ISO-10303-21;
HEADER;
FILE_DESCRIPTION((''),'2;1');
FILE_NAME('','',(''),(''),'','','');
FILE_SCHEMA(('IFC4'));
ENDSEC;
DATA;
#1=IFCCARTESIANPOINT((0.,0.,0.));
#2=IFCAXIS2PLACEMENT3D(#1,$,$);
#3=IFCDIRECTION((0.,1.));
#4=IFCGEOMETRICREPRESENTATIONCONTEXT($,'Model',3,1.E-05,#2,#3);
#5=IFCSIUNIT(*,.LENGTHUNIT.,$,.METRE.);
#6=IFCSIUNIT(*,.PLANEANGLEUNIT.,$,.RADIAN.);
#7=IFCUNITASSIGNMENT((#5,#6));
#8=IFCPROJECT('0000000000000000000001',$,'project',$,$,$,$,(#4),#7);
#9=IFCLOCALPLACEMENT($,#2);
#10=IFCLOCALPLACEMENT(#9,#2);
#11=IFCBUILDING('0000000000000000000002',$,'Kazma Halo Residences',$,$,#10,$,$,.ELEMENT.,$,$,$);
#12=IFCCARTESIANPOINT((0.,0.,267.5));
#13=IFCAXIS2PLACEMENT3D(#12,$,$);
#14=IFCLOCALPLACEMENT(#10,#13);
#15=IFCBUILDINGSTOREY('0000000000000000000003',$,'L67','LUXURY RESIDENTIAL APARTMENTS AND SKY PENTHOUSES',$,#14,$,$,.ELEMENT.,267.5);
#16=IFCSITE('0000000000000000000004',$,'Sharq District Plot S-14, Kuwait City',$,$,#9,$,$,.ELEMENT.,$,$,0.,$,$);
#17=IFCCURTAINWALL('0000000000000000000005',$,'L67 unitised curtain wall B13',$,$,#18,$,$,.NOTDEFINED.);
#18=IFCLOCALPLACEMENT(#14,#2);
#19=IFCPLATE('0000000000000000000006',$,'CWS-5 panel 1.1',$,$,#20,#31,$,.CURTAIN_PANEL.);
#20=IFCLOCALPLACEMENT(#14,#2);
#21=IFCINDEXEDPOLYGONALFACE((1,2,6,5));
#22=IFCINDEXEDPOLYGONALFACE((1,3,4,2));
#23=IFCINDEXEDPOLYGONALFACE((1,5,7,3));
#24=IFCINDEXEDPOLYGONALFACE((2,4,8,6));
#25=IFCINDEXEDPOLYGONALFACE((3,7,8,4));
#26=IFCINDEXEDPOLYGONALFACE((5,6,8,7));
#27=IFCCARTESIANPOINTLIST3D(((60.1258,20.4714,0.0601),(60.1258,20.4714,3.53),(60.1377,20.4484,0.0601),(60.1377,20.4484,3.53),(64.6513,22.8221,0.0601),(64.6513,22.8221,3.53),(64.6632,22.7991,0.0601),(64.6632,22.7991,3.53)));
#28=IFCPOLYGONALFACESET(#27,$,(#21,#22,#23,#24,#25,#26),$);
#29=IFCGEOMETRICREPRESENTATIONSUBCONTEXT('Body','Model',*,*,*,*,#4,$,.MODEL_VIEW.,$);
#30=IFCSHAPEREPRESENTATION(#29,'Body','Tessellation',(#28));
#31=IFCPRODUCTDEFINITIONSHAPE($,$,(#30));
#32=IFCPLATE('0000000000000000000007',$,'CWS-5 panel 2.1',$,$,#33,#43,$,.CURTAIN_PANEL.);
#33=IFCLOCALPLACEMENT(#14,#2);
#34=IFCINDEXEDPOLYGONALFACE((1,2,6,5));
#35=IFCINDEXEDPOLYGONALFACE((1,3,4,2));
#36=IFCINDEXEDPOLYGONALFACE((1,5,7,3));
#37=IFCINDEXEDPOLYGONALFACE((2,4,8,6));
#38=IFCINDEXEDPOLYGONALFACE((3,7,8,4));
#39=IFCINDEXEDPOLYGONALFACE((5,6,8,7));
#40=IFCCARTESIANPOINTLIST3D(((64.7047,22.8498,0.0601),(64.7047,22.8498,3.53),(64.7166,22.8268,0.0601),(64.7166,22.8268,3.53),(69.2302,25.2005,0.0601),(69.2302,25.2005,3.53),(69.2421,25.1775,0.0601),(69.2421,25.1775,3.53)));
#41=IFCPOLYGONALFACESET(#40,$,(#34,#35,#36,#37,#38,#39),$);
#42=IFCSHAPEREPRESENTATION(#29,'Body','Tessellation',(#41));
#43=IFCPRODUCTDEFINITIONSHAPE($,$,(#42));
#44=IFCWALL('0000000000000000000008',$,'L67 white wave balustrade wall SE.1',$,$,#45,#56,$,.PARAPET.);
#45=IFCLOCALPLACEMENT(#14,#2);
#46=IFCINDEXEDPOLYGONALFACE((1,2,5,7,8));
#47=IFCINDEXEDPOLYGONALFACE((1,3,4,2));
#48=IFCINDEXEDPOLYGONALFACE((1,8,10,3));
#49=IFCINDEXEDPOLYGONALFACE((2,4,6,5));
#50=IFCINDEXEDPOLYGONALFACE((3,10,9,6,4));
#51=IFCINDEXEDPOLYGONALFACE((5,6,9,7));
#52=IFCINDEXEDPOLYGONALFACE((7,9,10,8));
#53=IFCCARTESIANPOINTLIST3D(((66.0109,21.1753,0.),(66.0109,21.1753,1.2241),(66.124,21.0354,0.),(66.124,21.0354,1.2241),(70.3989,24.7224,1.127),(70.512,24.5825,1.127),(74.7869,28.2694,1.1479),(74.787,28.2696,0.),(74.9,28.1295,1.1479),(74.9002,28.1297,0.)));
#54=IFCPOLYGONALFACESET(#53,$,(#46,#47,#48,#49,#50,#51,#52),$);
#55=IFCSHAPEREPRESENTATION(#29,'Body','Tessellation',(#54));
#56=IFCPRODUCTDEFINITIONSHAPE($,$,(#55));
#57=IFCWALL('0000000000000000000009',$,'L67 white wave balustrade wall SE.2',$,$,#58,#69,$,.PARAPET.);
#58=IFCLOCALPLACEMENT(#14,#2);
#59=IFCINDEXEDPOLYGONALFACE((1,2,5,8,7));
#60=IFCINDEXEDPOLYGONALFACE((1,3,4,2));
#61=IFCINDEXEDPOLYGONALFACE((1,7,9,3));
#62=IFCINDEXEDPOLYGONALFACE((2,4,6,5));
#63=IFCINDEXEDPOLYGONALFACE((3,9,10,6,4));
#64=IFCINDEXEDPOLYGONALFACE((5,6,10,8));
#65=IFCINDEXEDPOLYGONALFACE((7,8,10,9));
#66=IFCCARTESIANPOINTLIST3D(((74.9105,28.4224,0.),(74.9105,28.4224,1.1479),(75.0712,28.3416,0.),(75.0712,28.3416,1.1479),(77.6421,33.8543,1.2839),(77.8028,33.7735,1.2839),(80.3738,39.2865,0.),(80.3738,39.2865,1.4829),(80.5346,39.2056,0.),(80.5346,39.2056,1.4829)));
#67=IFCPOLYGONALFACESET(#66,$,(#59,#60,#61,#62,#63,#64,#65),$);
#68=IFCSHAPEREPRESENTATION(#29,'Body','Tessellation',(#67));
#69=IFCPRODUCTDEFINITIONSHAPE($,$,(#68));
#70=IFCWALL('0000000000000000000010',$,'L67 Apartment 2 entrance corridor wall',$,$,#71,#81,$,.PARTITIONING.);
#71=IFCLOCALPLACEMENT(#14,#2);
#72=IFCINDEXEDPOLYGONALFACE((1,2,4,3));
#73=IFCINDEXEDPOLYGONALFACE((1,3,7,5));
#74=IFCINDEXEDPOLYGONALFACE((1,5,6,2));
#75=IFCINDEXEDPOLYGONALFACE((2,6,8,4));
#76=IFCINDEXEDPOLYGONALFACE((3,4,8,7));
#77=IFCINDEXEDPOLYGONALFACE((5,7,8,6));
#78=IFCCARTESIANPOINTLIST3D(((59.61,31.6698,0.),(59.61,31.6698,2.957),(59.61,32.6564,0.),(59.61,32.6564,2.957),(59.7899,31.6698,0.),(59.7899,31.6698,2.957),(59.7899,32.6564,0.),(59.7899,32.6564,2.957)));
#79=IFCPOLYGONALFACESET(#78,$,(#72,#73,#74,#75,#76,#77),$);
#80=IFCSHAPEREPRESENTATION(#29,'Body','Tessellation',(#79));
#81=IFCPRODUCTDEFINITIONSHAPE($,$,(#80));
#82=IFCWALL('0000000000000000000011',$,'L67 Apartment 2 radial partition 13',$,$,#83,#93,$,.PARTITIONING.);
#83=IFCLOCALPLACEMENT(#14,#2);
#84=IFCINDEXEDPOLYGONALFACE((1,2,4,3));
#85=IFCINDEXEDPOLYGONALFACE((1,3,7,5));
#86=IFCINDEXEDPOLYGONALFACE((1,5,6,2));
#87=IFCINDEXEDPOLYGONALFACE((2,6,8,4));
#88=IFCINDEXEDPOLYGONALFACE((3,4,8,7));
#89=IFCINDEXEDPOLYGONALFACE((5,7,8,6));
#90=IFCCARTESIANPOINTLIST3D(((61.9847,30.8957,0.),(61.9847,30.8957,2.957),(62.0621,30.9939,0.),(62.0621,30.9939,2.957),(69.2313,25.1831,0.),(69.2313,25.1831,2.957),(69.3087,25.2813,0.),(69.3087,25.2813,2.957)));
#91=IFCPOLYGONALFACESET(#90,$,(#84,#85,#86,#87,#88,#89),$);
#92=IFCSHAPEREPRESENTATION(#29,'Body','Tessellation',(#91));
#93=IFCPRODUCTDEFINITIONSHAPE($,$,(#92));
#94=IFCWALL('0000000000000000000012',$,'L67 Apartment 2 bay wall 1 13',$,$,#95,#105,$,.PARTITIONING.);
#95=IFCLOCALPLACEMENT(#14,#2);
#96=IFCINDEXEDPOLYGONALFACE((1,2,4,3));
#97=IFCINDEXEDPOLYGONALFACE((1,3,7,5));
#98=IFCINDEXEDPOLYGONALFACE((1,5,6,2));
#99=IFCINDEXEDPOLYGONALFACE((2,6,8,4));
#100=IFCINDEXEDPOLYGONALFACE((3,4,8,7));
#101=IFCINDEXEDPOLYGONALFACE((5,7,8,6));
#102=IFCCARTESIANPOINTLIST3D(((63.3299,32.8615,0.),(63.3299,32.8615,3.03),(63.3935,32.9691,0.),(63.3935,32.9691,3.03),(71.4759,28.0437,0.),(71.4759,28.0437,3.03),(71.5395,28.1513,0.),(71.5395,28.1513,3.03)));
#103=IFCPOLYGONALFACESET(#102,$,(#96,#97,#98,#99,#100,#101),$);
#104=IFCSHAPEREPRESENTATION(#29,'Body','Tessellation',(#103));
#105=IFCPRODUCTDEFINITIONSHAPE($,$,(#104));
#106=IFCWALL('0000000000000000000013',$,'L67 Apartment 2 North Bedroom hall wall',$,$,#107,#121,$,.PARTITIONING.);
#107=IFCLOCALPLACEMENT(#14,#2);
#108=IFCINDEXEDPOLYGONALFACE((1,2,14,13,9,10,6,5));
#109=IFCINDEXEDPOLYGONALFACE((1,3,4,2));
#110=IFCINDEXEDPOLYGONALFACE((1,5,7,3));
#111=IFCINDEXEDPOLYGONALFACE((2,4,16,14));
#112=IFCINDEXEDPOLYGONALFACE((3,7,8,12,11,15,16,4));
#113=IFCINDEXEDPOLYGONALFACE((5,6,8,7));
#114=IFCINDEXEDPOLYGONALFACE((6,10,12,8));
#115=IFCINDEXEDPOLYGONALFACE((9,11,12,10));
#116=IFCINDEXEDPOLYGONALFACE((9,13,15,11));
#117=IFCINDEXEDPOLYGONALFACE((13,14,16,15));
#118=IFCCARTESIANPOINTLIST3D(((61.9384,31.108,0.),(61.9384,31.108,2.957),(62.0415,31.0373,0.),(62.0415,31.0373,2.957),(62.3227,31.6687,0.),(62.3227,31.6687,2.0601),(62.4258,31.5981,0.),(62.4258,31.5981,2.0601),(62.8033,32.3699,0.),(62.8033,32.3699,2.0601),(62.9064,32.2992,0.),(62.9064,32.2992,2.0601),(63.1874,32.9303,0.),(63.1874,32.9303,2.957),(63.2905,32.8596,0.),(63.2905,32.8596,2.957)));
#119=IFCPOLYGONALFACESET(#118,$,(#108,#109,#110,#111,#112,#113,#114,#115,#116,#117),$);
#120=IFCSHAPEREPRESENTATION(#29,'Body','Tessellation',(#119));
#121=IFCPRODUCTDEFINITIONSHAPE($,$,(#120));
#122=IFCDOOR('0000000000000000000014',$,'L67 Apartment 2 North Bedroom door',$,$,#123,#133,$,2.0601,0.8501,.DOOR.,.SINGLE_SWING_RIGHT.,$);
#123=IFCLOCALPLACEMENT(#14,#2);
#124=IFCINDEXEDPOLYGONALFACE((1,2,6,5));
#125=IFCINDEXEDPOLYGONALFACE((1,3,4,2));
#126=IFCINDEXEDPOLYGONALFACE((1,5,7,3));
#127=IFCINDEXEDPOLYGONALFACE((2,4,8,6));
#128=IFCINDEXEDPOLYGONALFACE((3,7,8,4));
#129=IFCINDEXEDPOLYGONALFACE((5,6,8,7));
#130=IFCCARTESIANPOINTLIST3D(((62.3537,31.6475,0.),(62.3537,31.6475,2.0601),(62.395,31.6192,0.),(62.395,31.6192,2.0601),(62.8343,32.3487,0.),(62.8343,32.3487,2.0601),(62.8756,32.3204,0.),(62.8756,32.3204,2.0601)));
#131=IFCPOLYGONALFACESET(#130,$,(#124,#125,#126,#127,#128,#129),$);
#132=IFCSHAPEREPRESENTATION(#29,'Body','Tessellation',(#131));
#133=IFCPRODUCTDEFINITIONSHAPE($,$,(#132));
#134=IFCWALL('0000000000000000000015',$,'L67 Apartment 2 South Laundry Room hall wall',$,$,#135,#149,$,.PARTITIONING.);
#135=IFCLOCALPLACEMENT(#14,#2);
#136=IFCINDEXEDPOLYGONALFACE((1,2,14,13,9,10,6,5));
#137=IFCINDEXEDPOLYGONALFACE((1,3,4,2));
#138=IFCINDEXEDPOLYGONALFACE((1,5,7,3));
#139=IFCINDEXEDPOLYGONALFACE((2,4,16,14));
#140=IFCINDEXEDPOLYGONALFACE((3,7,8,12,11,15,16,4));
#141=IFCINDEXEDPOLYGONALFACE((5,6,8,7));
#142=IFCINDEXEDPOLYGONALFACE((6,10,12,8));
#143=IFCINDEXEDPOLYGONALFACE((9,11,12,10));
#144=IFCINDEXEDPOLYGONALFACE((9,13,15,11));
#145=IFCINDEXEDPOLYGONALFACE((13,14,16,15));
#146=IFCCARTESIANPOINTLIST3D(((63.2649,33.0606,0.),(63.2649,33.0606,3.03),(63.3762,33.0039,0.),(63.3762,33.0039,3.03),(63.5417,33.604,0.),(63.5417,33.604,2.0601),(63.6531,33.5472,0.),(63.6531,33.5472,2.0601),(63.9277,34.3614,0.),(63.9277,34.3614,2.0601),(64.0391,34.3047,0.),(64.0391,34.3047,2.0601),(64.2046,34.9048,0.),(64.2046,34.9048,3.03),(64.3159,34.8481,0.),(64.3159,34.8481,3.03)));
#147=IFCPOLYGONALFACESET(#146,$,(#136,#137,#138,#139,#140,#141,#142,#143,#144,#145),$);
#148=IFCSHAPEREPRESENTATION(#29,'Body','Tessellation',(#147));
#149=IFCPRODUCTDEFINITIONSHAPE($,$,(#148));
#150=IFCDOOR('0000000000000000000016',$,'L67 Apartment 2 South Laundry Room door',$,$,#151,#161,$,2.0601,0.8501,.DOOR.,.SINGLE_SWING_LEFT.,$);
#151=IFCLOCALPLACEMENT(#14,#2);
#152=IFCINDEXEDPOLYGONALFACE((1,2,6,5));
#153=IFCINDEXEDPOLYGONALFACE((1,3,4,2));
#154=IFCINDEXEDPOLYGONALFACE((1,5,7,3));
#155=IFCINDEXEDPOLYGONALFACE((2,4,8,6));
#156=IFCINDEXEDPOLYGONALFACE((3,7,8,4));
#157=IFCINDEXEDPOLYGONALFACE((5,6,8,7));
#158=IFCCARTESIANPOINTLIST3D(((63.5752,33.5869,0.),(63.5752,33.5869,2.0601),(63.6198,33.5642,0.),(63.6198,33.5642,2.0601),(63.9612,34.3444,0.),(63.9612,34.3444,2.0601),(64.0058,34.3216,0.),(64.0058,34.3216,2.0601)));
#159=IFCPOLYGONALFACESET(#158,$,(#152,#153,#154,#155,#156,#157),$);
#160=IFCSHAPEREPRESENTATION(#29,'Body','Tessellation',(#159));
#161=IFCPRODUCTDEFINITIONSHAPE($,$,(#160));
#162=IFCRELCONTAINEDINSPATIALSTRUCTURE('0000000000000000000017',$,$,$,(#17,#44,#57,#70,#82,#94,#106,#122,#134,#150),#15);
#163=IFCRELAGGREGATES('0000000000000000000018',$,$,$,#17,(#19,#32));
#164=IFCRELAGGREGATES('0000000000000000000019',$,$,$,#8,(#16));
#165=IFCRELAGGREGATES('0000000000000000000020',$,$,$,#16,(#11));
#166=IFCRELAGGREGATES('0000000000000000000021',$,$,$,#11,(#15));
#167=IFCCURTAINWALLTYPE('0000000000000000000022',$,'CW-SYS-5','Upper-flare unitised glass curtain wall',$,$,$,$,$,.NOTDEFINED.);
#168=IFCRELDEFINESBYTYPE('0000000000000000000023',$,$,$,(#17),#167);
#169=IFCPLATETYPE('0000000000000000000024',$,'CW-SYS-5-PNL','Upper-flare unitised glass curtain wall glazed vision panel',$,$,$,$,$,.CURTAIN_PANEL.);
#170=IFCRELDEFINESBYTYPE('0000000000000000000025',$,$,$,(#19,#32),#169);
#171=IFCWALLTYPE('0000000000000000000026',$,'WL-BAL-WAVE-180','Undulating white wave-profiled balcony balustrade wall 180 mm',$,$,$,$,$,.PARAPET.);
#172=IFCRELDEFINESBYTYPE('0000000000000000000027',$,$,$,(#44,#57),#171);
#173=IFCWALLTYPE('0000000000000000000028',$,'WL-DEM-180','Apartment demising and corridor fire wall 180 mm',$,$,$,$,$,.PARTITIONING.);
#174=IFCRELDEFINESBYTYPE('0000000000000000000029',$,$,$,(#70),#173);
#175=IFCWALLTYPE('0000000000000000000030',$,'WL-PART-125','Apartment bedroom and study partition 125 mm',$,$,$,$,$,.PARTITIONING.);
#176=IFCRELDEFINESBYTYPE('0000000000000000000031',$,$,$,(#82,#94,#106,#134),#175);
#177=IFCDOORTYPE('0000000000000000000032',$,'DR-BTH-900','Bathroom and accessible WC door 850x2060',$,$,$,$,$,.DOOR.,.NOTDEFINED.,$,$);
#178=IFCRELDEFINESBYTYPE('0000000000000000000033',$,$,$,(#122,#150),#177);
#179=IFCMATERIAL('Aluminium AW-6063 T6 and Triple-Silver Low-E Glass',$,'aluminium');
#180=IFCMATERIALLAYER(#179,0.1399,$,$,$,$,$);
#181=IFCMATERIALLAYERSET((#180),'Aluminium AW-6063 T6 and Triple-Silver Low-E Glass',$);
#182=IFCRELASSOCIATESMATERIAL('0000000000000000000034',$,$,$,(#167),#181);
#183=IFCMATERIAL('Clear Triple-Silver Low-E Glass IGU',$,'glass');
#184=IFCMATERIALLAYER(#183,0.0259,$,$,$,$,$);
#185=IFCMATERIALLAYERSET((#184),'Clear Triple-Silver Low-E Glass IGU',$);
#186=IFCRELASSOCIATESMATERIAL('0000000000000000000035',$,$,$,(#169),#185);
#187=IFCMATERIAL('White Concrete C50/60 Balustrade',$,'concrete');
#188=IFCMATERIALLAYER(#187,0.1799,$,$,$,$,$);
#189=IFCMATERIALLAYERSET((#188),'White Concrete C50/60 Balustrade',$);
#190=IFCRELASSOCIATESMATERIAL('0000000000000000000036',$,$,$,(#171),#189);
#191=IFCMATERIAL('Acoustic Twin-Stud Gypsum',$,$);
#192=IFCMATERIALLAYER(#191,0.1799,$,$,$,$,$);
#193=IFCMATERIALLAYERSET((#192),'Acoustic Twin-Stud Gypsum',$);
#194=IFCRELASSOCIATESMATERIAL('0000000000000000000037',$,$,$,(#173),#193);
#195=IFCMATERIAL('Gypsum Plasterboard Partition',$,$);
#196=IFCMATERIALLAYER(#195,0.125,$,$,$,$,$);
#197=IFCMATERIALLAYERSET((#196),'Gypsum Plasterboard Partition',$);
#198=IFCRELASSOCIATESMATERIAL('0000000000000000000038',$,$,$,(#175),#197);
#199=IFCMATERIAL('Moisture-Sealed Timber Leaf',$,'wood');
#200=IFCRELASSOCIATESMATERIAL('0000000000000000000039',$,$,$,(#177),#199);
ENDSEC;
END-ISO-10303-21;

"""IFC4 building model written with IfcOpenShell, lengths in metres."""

from ifc_helpers import new_model, si_unit, direction, frame, frame_2d, origin, origin_2d, place, context, subcontext, project, spatial, polyline, rectangle, outline, extrude, material, layer, layer_set, type_object, element, fill, aggregate, save


model = new_model("IFC4")

# Units and contexts
model_context = context("Model", 3, precision=1e-05, world=origin(), true_north=direction((0.0, 1.0)))
body_context = subcontext(model_context, "Body", "Model", "MODEL_VIEW")
ifc_project = project(units=[si_unit("LENGTHUNIT", "METRE"), si_unit("PLANEANGLEUNIT", "RADIAN")], contexts=[model_context])

# Site, building, storey
site_placement = place(None, origin())
site = spatial("IfcSite", under=ifc_project, at=site_placement, Name="Sharq District Plot S-14, Kuwait City", CompositionType="ELEMENT", RefElevation=0.0)
building_placement = place(site_placement, origin())
building = spatial("IfcBuilding", under=site, at=building_placement, Name="Kazma Halo Residences", CompositionType="ELEMENT")
storey_placement = place(building_placement, frame((0.0, 0.0, 267.5)))
storey = spatial("IfcBuildingStorey", under=building, at=storey_placement, Name="L67", Description="LUXURY RESIDENTIAL APARTMENTS AND SKY PENTHOUSES", CompositionType="ELEMENT", Elevation=267.5)

# Curtain wall, plates
ifc_material_1 = material(Name="Aluminium AW-6063 T6 and Triple-Silver Low-E Glass", Category="aluminium")
ifc_layer_1 = layer(ifc_material_1, 0.1399)
ifc_layer_set_1 = layer_set([ifc_layer_1], Name="Aluminium AW-6063 T6 and Triple-Silver Low-E Glass")
curtain_wall_type = type_object("IfcCurtainWallType", Name="CW-SYS-5", Description="Upper-flare unitised glass curtain wall", PredefinedType="NOTDEFINED", material=ifc_layer_set_1)
curtain_wall_placement = place(storey_placement, origin())
curtain_wall = element("IfcCurtainWall", 1, at=curtain_wall_placement, inside=storey, type_object=curtain_wall_type, Name="L67 unitised curtain wall B13", PredefinedType="NOTDEFINED")
ifc_material_2 = material(Name="Clear Triple-Silver Low-E Glass IGU", Category="glass")
ifc_layer_2 = layer(ifc_material_2, 0.0259)
ifc_layer_set_2 = layer_set([ifc_layer_2], Name="Clear Triple-Silver Low-E Glass IGU")
plate_type = type_object("IfcPlateType", Name="CW-SYS-5-PNL", Description="Upper-flare unitised glass curtain wall glazed vision panel", PredefinedType="CURTAIN_PANEL", material=ifc_layer_set_2)
plate_1_placement = place(storey_placement, frame((62.3945, 21.6353, 0.0601), z_axis=(0.0, 0.0, 1.0), x_axis=(0.887421, 0.460961, 0.0)))
plate_1 = element("IfcPlate", 2, at=plate_1_placement, type_object=plate_type, Name="CWS-5 panel 1.1", PredefinedType="CURTAIN_PANEL", context=body_context, shape_type="SweptSolid", body=[
    extrude(rectangle(XDim=5.0996, YDim=0.0259, at=origin_2d()), origin(), (0.0, 0.0, 1.0), 3.47),
])
plate_2_placement = place(storey_placement, frame((66.9734, 24.0137, 0.0601), z_axis=(0.0, 0.0, 1.0), x_axis=(0.887421, 0.460961, 0.0)))
plate_2 = element("IfcPlate", 3, at=plate_2_placement, type_object=plate_type, Name="CWS-5 panel 2.1", PredefinedType="CURTAIN_PANEL", context=body_context, shape_type="SweptSolid", body=[
    extrude(rectangle(XDim=5.0996, YDim=0.0259, at=origin_2d()), origin(), (0.0, 0.0, 1.0), 3.47),
])
aggregate(curtain_wall, [plate_1, plate_2])

# Walls
ifc_material_3 = material(Name="White Concrete C50/60 Balustrade", Category="concrete")
ifc_layer_3 = layer(ifc_material_3, 0.1799)
ifc_layer_set_3 = layer_set([ifc_layer_3], Name="White Concrete C50/60 Balustrade")
wall_type_1 = type_object("IfcWallType", Name="WL-BAL-WAVE-180", Description="Undulating white wave-profiled balcony balustrade wall 180 mm", PredefinedType="PARAPET", material=ifc_layer_set_3)
wall_1_placement = place(storey_placement, frame((66.0674, 21.1055, 0.0), z_axis=(0.0, 0.0, 1.0), x_axis=(0.777689, 0.62865, 0.0)))
element("IfcWall", 4, at=wall_1_placement, inside=storey, type_object=wall_type_1, Name="L67 white wave balustrade wall SE.1", PredefinedType="PARAPET", context=body_context, shape_type="SweptSolid", body=[
    extrude(outline(polyline([(0.0, 0.0), (11.2849, 0.0), (11.2847, 1.1479), (5.6423, 1.127), (0.0, 1.2241), (0.0, 0.0)])), frame((0.0, 0.0898, 0.0), z_axis=(0.0, -1.0, 0.0), x_axis=(1.0, 0.0, 0.0)), (0.0, 0.0, 1.0), 0.1799),
])
wall_2_placement = place(storey_placement, frame((74.9907, 28.3821, 0.0), z_axis=(0.0, 0.0, 1.0), x_axis=(0.449276, 0.893393, 0.0)))
element("IfcWall", 5, at=wall_2_placement, inside=storey, type_object=wall_type_1, Name="L67 white wave balustrade wall SE.2", PredefinedType="PARAPET", context=body_context, shape_type="SweptSolid", body=[
    extrude(outline(polyline([(0.0, 0.0), (12.1604, 0.0), (12.1604, 1.4829), (6.0801, 1.2839), (0.0, 1.1479), (0.0, 0.0)])), frame((0.0, 0.0898, 0.0), z_axis=(0.0, -1.0, 0.0), x_axis=(1.0, 0.0, 0.0)), (0.0, 0.0, 1.0), 0.1799),
])
ifc_material_4 = material(Name="Acoustic Twin-Stud Gypsum")
ifc_layer_4 = layer(ifc_material_4, 0.1799)
ifc_layer_set_4 = layer_set([ifc_layer_4], Name="Acoustic Twin-Stud Gypsum")
wall_type_2 = type_object("IfcWallType", Name="WL-DEM-180", Description="Apartment demising and corridor fire wall 180 mm", PredefinedType="PARTITIONING", material=ifc_layer_set_4)
wall_3_placement = place(storey_placement, frame((59.7, 31.6699, 0.0), z_axis=(0.0, 0.0, 1.0), x_axis=(0.0, 1.0, 0.0)))
element("IfcWall", 6, at=wall_3_placement, inside=storey, type_object=wall_type_2, Name="L67 Apartment 2 entrance corridor wall", PredefinedType="PARTITIONING", context=body_context, shape_type="SweptSolid", body=[
    extrude(rectangle(XDim=0.9866, YDim=0.1799, at=frame_2d((0.4932, 0.0))), origin(), (0.0, 0.0, 1.0), 2.957),
])

# Walls
ifc_material_5 = material(Name="Gypsum Plasterboard Partition")
ifc_layer_5 = layer(ifc_material_5, 0.125)
ifc_layer_set_5 = layer_set([ifc_layer_5], Name="Gypsum Plasterboard Partition")
wall_type_3 = type_object("IfcWallType", Name="WL-PART-125", Description="Apartment bedroom and study partition 125 mm", PredefinedType="PARTITIONING", material=ifc_layer_set_5)
wall_4_placement = place(storey_placement, frame((62.0234, 30.9448, 0.0), z_axis=(0.0, 0.0, 1.0), x_axis=(0.785322, -0.619087, 0.0)))
element("IfcWall", 7, at=wall_4_placement, inside=storey, type_object=wall_type_3, Name="L67 Apartment 2 radial partition 13", PredefinedType="PARTITIONING", context=body_context, shape_type="SweptSolid", body=[
    extrude(rectangle(XDim=9.2275, YDim=0.125, at=frame_2d((4.6138, 0.0))), origin(), (0.0, 0.0, 1.0), 2.957),
])
wall_5_placement = place(storey_placement, frame((63.3618, 32.9153, 0.0), z_axis=(0.0, 0.0, 1.0), x_axis=(0.860726, -0.509068, 0.0)))
element("IfcWall", 8, at=wall_5_placement, inside=storey, type_object=wall_type_3, Name="L67 Apartment 2 bay wall 1 13", PredefinedType="PARTITIONING", context=body_context, shape_type="SweptSolid", body=[
    extrude(rectangle(XDim=9.4641, YDim=0.125, at=frame_2d((4.7319, 0.0))), origin(), (0.0, 0.0, 1.0), 3.03),
])

# Walls, openings, doors
wall_6_placement = place(storey_placement, frame((61.99, 31.0728, 0.0), z_axis=(0.0, 0.0, 1.0), x_axis=(0.565365, 0.824841, 0.0)))
wall_6 = element("IfcWall", 9, at=wall_6_placement, inside=storey, type_object=wall_type_3, Name="L67 Apartment 2 North Bedroom hall wall", PredefinedType="PARTITIONING", context=body_context, shape_type="SweptSolid", body=[
    extrude(rectangle(XDim=2.2092, YDim=0.125, at=frame_2d((1.1045, 0.0))), origin(), (0.0, 0.0, 1.0), 2.957),
])
opening_1_placement = place(wall_6_placement, frame((0.6797, 0.0, 0.0)))
opening_1 = element("IfcOpeningElement", 10, at=opening_1_placement, cuts=wall_6, PredefinedType="OPENING", context=body_context, shape_type="SweptSolid", body=[
    extrude(rectangle(XDim=0.8501, YDim=2.0601, at=frame_2d((0.425, 1.03))), frame((0.0, 0.0725, 0.0), z_axis=(0.0, -1.0, 0.0), x_axis=(1.0, 0.0, 0.0)), (0.0, 0.0, 1.0), 0.145),
])
ifc_material_6 = material(Name="Moisture-Sealed Timber Leaf", Category="wood")
door_type_1 = type_object("IfcDoorType", Name="DR-BTH-900", Description="Bathroom and accessible WC door 850x2060", OperationType="NOTDEFINED", PredefinedType="DOOR", material=ifc_material_6)
door_1_placement = place(opening_1_placement, origin())
door_1 = element("IfcDoor", 11, at=door_1_placement, inside=storey, type_object=door_type_1, Name="L67 Apartment 2 North Bedroom door", OperationType="SINGLE_SWING_RIGHT", OverallHeight=2.0601, OverallWidth=0.8501, PredefinedType="DOOR", context=body_context, shape_type="SweptSolid", body=[
    extrude(rectangle(XDim=0.8501, YDim=2.0601, at=frame_2d((0.425, 1.03))), frame((0.0, 0.0249, 0.0), z_axis=(0.0, -1.0, 0.0), x_axis=(1.0, 0.0, 0.0)), (0.0, 0.0, 1.0), 0.05),
])
fill(opening_1, door_1)
wall_7_placement = place(storey_placement, frame((63.3206, 33.0322, 0.0), z_axis=(0.0, 0.0, 1.0), x_axis=(0.453995, 0.891004, 0.0)))
wall_7 = element("IfcWall", 12, at=wall_7_placement, inside=storey, type_object=wall_type_3, Name="L67 Apartment 2 South Laundry Room hall wall", PredefinedType="PARTITIONING", context=body_context, shape_type="SweptSolid", body=[
    extrude(rectangle(XDim=2.0698, YDim=0.125, at=frame_2d((1.0349, 0.0))), origin(), (0.0, 0.0, 1.0), 3.03),
])
opening_2_placement = place(wall_7_placement, frame((0.6099, 0.0, 0.0)))
opening_2 = element("IfcOpeningElement", 13, at=opening_2_placement, cuts=wall_7, PredefinedType="OPENING", context=body_context, shape_type="SweptSolid", body=[
    extrude(rectangle(XDim=0.8501, YDim=2.0601, at=frame_2d((0.425, 1.03))), frame((0.0, 0.0725, 0.0), z_axis=(0.0, -1.0, 0.0), x_axis=(1.0, 0.0, 0.0)), (0.0, 0.0, 1.0), 0.145),
])
door_2_placement = place(opening_2_placement, origin())
door_2 = element("IfcDoor", 14, at=door_2_placement, inside=storey, type_object=door_type_1, Name="L67 Apartment 2 South Laundry Room door", OperationType="SINGLE_SWING_LEFT", OverallHeight=2.0601, OverallWidth=0.8501, PredefinedType="DOOR", context=body_context, shape_type="SweptSolid", body=[
    extrude(rectangle(XDim=0.8501, YDim=2.0601, at=frame_2d((0.425, 1.03))), frame((0.0, 0.0249, 0.0), z_axis=(0.0, -1.0, 0.0), x_axis=(1.0, 0.0, 0.0)), (0.0, 0.0, 1.0), 0.05),
])
fill(opening_2, door_2)

save(model, "model.ifc")
